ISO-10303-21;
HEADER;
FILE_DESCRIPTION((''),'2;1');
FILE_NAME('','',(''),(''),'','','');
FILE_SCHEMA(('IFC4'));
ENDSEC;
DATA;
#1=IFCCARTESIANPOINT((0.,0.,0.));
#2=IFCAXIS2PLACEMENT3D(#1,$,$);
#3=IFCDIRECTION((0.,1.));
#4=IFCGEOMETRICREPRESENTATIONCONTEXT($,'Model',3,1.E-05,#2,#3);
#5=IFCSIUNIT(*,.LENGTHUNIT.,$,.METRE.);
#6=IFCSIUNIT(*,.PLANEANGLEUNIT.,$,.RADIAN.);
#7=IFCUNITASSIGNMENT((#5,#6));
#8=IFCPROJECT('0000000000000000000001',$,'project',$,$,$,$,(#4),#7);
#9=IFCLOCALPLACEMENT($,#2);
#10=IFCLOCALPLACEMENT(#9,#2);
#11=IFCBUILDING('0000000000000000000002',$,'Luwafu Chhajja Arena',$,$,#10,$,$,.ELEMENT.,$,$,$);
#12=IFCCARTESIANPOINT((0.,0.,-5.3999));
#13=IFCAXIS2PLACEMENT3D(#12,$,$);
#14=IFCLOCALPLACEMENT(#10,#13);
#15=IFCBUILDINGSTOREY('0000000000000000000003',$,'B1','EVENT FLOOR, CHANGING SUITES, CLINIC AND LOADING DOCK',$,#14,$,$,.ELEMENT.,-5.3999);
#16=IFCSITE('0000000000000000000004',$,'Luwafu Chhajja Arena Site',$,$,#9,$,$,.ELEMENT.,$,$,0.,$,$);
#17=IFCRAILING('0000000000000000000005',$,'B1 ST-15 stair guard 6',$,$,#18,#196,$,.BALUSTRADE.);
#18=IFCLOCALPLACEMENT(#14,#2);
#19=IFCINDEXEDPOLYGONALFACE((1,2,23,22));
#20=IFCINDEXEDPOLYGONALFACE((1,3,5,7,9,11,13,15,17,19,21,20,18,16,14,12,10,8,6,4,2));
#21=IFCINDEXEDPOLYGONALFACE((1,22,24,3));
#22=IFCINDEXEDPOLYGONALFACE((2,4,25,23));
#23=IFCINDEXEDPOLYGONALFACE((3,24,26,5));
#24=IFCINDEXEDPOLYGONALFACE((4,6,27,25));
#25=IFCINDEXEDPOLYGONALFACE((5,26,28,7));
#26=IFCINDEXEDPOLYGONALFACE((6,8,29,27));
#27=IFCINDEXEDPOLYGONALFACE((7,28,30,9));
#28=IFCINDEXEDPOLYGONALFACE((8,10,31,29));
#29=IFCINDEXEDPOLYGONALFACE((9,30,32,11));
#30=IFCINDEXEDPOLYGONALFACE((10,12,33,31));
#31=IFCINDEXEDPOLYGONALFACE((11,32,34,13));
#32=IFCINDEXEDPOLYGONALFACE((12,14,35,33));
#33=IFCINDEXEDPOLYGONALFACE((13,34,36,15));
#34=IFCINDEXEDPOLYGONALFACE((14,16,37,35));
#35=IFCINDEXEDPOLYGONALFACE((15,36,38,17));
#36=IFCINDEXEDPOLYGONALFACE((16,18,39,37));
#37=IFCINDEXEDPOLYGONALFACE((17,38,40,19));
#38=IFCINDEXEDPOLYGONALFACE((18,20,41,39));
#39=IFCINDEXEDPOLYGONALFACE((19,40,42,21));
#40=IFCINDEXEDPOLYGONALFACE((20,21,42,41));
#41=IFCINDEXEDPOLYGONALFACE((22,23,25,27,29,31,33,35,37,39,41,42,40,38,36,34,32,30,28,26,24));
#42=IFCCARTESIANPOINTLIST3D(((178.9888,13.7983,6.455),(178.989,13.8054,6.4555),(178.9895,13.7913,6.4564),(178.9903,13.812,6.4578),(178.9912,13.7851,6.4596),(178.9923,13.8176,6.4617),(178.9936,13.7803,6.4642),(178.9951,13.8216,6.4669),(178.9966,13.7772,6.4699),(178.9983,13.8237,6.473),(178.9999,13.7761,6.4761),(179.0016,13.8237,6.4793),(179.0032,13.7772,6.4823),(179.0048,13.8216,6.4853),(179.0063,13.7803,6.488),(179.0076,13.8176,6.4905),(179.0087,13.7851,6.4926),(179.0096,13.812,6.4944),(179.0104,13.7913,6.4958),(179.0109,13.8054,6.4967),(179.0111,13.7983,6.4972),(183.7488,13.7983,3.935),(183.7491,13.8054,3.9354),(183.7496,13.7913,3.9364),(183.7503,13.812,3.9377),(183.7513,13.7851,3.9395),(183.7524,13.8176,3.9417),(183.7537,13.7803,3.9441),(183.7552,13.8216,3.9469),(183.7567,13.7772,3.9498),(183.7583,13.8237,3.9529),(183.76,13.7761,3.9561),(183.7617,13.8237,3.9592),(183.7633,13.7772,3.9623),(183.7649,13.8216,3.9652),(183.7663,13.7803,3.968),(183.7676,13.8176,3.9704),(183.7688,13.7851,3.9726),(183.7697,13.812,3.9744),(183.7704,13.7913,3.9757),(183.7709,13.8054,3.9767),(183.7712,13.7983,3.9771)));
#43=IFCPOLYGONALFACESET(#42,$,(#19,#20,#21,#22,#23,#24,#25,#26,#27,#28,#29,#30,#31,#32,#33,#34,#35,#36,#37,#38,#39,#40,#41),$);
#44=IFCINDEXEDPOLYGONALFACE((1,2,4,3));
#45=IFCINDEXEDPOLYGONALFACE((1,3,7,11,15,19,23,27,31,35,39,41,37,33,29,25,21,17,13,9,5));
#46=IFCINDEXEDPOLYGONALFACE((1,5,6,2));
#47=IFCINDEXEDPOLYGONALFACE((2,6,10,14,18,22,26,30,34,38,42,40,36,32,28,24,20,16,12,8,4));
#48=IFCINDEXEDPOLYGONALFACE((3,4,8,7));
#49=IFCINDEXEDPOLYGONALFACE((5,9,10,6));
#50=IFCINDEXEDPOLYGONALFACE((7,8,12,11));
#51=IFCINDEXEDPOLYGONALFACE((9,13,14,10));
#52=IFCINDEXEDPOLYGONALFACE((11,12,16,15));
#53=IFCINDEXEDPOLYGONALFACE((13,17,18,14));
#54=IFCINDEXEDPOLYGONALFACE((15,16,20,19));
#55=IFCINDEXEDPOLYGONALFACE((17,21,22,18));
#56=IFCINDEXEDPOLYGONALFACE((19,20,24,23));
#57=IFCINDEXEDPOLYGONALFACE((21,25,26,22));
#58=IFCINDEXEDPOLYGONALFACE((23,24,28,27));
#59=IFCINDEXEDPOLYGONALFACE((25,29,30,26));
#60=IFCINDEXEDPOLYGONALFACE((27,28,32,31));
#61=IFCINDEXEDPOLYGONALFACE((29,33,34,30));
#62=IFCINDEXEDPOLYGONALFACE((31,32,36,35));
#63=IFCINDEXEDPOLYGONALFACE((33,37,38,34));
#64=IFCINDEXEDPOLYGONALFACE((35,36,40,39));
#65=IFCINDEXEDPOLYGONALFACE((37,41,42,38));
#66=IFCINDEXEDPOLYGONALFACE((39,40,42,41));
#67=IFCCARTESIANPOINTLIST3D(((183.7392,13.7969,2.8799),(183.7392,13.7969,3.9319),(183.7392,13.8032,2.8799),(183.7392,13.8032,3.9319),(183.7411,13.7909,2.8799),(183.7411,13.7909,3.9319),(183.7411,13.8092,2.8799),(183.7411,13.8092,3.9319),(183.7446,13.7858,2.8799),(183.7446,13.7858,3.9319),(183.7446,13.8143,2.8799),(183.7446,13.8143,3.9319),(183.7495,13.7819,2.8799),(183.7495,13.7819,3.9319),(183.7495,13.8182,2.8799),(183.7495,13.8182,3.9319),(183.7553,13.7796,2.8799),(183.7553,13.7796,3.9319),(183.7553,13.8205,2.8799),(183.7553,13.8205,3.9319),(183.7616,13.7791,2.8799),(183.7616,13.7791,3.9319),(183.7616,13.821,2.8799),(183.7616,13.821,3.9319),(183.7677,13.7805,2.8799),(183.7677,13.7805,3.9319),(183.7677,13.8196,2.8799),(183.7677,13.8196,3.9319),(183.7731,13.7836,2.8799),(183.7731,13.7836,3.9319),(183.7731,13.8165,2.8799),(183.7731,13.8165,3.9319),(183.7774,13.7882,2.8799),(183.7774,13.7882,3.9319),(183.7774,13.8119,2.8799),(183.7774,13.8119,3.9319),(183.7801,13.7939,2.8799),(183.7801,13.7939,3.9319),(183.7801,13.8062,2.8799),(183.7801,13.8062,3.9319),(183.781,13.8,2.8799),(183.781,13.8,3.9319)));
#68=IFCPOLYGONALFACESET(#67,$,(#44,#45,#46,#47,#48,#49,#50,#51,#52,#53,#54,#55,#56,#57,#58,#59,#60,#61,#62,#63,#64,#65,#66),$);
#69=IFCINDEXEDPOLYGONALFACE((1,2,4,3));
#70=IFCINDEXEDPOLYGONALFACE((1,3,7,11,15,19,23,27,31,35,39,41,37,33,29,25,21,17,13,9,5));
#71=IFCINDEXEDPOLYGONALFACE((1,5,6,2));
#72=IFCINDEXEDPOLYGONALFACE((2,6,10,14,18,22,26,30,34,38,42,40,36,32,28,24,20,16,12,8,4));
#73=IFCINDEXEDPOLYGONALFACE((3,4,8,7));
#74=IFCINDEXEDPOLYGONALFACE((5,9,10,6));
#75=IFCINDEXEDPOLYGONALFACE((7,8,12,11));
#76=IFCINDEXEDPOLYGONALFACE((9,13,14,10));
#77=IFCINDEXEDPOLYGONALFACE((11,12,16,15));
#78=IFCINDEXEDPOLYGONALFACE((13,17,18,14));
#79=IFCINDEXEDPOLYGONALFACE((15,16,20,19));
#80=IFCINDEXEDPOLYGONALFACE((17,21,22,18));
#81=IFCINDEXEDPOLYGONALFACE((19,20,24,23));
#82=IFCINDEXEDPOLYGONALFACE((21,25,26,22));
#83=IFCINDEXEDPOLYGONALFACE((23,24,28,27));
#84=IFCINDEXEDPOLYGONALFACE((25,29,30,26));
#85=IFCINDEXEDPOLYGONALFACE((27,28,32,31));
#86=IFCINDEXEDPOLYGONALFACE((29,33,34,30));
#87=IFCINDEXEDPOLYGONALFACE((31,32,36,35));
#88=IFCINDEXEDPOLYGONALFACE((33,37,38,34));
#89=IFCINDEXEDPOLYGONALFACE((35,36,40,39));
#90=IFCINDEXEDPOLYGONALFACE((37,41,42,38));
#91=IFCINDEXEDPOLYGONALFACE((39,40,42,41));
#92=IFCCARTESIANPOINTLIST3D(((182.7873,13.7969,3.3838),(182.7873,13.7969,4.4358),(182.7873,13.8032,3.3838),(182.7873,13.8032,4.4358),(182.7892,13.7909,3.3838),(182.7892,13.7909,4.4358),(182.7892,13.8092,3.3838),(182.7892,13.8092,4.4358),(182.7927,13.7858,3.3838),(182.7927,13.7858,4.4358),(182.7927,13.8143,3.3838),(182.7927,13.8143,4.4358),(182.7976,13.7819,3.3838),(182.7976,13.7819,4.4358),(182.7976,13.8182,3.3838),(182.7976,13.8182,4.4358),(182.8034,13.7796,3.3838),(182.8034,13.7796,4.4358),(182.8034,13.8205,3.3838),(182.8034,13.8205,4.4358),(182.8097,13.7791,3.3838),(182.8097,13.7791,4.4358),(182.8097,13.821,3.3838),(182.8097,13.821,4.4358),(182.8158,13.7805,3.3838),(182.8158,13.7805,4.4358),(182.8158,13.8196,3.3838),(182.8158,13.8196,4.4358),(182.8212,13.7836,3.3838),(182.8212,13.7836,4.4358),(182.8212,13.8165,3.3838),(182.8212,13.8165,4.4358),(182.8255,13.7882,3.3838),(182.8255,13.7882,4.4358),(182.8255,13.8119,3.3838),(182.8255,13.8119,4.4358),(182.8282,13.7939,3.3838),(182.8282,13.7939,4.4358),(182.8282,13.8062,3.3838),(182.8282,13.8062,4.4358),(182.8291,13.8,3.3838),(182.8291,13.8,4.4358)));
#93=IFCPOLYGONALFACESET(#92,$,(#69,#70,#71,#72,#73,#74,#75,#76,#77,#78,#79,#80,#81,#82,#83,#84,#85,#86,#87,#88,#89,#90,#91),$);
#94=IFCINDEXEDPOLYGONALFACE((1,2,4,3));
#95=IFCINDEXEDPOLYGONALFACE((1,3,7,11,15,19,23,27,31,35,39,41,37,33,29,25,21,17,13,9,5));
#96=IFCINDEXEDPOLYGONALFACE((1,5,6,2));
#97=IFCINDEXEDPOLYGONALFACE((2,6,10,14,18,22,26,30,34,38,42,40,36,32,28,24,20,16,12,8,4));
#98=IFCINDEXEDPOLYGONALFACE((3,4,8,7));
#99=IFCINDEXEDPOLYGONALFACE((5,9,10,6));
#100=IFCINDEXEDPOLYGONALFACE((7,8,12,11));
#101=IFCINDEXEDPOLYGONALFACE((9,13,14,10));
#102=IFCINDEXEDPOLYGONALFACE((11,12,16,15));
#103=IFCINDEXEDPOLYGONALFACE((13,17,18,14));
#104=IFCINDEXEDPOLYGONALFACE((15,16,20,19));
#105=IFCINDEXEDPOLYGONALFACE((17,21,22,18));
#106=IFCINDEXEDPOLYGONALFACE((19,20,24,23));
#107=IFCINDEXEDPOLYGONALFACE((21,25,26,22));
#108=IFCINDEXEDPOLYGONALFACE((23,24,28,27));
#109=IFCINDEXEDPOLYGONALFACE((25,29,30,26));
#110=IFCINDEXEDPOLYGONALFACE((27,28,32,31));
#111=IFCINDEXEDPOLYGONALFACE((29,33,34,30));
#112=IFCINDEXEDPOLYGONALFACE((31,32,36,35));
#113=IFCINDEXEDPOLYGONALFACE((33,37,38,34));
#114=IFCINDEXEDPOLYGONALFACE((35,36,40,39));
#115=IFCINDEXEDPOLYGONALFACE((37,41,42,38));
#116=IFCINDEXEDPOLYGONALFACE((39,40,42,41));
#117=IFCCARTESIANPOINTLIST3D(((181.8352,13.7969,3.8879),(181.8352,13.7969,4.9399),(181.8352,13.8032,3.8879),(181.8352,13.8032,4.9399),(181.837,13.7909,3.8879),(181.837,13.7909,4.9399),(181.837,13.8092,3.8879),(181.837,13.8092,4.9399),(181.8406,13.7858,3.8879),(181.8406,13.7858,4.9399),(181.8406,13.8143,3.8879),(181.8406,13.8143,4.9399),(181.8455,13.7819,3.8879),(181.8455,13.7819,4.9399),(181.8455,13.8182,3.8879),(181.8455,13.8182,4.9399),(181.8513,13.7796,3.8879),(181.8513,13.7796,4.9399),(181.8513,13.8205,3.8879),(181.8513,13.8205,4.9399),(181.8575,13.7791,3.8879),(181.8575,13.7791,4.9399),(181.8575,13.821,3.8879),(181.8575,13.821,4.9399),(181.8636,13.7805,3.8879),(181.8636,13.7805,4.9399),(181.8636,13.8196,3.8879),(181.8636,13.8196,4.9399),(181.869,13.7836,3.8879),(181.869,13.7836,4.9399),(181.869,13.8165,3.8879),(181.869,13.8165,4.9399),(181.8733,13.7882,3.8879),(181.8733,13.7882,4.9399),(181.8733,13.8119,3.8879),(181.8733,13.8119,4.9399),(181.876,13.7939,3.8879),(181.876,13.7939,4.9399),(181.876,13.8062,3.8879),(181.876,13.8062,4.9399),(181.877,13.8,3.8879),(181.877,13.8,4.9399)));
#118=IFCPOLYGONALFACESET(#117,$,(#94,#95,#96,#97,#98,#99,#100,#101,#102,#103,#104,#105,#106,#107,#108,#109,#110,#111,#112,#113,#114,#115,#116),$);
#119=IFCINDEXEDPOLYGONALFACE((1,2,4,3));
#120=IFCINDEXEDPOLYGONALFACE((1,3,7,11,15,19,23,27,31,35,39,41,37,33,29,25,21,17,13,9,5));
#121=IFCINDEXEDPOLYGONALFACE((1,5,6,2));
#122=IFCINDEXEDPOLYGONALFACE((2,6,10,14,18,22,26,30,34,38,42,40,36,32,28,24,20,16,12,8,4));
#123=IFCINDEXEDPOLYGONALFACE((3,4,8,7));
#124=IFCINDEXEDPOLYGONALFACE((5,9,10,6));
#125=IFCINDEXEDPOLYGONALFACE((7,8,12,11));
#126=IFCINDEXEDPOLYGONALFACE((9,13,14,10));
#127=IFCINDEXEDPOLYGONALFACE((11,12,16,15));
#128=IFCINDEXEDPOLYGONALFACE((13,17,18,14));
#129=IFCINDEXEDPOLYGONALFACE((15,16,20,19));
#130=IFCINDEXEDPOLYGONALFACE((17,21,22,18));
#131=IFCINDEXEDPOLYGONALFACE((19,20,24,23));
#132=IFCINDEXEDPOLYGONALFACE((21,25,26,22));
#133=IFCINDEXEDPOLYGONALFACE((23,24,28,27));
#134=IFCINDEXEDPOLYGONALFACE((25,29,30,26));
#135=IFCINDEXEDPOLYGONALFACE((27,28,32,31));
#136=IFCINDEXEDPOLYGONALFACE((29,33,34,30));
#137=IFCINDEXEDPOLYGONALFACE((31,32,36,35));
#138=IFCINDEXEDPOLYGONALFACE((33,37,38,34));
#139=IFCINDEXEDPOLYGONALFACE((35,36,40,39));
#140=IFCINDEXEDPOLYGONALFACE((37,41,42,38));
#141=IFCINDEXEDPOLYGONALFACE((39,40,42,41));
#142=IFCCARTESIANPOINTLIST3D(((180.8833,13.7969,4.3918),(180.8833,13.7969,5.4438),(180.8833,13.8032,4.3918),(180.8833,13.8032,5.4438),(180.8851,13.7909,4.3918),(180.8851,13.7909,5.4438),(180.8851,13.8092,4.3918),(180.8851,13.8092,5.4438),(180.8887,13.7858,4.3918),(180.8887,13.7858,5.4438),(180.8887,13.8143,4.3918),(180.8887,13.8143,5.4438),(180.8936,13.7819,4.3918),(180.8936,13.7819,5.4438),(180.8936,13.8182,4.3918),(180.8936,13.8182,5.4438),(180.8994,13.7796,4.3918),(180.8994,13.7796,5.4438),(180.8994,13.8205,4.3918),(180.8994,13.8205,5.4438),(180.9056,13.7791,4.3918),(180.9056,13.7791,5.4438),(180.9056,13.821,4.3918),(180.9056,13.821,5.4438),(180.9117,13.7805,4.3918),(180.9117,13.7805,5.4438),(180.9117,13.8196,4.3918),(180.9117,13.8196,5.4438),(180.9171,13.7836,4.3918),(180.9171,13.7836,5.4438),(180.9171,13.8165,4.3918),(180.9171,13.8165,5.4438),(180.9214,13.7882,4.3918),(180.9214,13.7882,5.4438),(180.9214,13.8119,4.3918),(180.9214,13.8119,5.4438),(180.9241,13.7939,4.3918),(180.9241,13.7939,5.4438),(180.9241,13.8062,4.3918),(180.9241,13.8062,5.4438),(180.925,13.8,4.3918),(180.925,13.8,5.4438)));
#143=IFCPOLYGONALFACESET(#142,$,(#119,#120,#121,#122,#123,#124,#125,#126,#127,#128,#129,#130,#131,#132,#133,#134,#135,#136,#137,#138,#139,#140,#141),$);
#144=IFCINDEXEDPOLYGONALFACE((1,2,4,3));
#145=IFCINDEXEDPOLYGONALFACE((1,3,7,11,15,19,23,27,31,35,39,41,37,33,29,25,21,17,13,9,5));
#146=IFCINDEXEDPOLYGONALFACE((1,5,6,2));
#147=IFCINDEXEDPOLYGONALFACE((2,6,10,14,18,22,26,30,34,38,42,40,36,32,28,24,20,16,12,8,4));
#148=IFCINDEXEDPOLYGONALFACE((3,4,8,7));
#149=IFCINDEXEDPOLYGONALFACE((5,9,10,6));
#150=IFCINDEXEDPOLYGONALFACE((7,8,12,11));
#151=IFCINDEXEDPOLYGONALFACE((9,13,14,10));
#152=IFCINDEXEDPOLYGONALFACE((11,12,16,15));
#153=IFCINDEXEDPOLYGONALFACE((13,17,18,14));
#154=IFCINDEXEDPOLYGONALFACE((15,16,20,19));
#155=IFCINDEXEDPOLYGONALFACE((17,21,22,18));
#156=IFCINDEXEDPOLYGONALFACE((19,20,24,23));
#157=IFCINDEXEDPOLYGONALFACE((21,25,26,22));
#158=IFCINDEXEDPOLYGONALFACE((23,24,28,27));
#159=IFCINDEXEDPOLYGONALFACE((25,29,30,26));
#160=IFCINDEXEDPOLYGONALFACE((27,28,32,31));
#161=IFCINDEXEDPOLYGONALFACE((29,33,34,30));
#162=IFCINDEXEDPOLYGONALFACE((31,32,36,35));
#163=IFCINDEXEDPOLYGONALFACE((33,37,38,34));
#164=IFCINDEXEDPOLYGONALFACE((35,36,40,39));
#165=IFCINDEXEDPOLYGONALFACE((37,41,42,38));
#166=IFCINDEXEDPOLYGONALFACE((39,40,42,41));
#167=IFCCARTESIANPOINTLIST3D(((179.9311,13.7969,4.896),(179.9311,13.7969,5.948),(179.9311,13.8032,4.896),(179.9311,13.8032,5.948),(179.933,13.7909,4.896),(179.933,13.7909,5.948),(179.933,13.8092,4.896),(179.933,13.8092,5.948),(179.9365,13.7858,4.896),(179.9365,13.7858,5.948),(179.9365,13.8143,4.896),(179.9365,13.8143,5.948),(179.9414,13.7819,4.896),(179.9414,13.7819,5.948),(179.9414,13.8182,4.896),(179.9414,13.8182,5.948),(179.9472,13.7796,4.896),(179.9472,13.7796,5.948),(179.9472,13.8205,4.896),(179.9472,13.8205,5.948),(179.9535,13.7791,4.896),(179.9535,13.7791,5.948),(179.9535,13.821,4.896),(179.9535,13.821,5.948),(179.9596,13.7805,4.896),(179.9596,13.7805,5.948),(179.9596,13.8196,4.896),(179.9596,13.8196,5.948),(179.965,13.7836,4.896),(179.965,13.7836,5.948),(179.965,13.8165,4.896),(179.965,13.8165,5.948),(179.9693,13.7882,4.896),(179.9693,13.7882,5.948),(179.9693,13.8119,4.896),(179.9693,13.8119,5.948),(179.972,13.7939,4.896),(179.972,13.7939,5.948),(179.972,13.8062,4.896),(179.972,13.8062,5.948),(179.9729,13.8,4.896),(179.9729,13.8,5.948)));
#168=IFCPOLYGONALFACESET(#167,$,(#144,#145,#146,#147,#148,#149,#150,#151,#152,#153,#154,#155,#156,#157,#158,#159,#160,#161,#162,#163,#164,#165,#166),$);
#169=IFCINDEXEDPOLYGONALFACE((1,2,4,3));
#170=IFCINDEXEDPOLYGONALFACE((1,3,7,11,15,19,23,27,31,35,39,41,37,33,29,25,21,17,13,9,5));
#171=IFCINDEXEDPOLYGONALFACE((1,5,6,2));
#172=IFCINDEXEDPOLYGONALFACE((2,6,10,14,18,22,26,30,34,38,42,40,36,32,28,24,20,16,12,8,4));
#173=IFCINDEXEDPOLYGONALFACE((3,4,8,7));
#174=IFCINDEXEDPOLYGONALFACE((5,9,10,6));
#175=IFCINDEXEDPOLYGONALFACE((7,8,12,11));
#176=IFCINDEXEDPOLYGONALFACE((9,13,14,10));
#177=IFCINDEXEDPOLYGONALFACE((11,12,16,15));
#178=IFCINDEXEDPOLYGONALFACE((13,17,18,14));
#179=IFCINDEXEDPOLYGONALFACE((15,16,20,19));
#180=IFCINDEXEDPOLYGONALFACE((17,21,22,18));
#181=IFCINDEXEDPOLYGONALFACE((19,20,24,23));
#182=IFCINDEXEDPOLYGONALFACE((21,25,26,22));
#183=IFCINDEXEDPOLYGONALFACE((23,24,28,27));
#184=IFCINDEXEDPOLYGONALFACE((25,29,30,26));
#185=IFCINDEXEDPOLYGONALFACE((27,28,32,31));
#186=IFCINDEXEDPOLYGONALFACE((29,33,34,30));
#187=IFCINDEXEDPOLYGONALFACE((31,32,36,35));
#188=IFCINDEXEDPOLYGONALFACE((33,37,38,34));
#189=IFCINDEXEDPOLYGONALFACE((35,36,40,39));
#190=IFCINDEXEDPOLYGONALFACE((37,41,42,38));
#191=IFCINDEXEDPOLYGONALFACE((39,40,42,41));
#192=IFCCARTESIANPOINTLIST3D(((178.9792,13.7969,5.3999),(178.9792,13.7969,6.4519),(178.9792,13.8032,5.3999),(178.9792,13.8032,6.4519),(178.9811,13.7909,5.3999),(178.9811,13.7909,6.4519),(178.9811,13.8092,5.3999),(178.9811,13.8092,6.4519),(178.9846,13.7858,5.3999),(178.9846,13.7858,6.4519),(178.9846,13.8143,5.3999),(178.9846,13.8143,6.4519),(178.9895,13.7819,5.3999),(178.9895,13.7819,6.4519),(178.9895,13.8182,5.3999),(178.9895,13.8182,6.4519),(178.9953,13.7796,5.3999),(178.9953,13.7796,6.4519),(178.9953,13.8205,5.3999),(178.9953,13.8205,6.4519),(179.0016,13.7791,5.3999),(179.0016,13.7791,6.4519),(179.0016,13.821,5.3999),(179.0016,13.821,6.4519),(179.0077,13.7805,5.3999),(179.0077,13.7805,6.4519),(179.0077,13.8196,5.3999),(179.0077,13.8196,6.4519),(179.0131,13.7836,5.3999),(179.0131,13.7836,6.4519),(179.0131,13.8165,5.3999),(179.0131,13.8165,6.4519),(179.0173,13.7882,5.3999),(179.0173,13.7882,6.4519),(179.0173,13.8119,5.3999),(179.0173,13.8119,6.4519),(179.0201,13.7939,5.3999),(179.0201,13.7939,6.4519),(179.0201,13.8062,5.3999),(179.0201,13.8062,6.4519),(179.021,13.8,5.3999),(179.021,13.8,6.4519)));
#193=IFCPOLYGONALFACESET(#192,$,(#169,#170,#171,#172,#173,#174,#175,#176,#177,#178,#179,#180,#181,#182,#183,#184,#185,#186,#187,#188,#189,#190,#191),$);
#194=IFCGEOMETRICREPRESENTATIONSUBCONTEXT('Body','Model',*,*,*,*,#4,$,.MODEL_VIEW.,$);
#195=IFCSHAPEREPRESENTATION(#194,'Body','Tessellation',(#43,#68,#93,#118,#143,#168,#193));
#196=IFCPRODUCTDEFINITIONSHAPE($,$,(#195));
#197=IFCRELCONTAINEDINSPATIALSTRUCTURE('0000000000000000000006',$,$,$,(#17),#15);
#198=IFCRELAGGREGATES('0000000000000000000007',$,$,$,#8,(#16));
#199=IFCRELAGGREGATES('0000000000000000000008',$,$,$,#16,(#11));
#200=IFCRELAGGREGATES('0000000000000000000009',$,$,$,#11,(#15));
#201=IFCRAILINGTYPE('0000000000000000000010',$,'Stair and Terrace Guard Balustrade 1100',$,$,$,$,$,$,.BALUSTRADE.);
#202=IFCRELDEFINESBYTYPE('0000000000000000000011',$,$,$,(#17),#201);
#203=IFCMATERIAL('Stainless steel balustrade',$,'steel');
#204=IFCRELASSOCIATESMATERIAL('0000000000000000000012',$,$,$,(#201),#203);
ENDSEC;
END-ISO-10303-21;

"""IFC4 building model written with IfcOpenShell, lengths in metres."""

from ifc_helpers import new_model, si_unit, direction, frame, origin, origin_2d, place, context, subcontext, project, spatial, circle, extrude, material, type_object, element, save


model = new_model("IFC4")

# Units and contexts
model_context = context("Model", 3, precision=1e-05, world=origin(), true_north=direction((0.0, 1.0)))
body_context = subcontext(model_context, "Body", "Model", "MODEL_VIEW")
ifc_project = project(units=[si_unit("LENGTHUNIT", "METRE"), si_unit("PLANEANGLEUNIT", "RADIAN")], contexts=[model_context])

# Site, building, storey
site_placement = place(None, origin())
site = spatial("IfcSite", under=ifc_project, at=site_placement, Name="Luwafu Chhajja Arena Site", CompositionType="ELEMENT", RefElevation=0.0)
building_placement = place(site_placement, origin())
building = spatial("IfcBuilding", under=site, at=building_placement, Name="Luwafu Chhajja Arena", CompositionType="ELEMENT")
storey_placement = place(building_placement, frame((0.0, 0.0, -5.3999)))
storey = spatial("IfcBuildingStorey", under=building, at=storey_placement, Name="B1", Description="EVENT FLOOR, CHANGING SUITES, CLINIC AND LOADING DOCK", CompositionType="ELEMENT", Elevation=-5.3999)

# Railing
ifc_material_1 = material(Name="Stainless steel balustrade", Category="steel")
railing_type_1 = type_object("IfcRailingType", Name="Stair and Terrace Guard Balustrade 1100", PredefinedType="BALUSTRADE", material=ifc_material_1)
railing_1_placement = place(storey_placement, frame((183.76, 13.8, 2.8799)))
element("IfcRailing", 1, at=railing_1_placement, inside=storey, type_object=railing_type_1, Name="B1 ST-15 stair guard 6", PredefinedType="BALUSTRADE", context=body_context, shape_type="SweptSolid", body=[
    extrude(circle(Radius=0.0239, at=origin_2d()), frame((0.0, 0.0, 1.0762), z_axis=(-0.883787, 0.0, 0.46789), x_axis=(0.0, -1.0, 0.0)), (0.0, 0.0, 1.0), 5.386),
    extrude(circle(Radius=0.021, at=origin_2d()), origin(), (0.0, 0.0, 1.0), 1.052),
    extrude(circle(Radius=0.021, at=origin_2d()), frame((-0.9519, 0.0, 0.5039)), (0.0, 0.0, 1.0), 1.052),
    extrude(circle(Radius=0.021, at=origin_2d()), frame((-1.9041, 0.0, 1.0081)), (0.0, 0.0, 1.0), 1.052),
    extrude(circle(Radius=0.021, at=origin_2d()), frame((-2.856, 0.0, 1.512)), (0.0, 0.0, 1.0), 1.052),
    extrude(circle(Radius=0.021, at=origin_2d()), frame((-3.8081, 0.0, 2.0161)), (0.0, 0.0, 1.0), 1.052),
    extrude(circle(Radius=0.021, at=origin_2d()), frame((-4.76, 0.0, 2.52)), (0.0, 0.0, 1.0), 1.052),
])

save(model, "model.ifc")
